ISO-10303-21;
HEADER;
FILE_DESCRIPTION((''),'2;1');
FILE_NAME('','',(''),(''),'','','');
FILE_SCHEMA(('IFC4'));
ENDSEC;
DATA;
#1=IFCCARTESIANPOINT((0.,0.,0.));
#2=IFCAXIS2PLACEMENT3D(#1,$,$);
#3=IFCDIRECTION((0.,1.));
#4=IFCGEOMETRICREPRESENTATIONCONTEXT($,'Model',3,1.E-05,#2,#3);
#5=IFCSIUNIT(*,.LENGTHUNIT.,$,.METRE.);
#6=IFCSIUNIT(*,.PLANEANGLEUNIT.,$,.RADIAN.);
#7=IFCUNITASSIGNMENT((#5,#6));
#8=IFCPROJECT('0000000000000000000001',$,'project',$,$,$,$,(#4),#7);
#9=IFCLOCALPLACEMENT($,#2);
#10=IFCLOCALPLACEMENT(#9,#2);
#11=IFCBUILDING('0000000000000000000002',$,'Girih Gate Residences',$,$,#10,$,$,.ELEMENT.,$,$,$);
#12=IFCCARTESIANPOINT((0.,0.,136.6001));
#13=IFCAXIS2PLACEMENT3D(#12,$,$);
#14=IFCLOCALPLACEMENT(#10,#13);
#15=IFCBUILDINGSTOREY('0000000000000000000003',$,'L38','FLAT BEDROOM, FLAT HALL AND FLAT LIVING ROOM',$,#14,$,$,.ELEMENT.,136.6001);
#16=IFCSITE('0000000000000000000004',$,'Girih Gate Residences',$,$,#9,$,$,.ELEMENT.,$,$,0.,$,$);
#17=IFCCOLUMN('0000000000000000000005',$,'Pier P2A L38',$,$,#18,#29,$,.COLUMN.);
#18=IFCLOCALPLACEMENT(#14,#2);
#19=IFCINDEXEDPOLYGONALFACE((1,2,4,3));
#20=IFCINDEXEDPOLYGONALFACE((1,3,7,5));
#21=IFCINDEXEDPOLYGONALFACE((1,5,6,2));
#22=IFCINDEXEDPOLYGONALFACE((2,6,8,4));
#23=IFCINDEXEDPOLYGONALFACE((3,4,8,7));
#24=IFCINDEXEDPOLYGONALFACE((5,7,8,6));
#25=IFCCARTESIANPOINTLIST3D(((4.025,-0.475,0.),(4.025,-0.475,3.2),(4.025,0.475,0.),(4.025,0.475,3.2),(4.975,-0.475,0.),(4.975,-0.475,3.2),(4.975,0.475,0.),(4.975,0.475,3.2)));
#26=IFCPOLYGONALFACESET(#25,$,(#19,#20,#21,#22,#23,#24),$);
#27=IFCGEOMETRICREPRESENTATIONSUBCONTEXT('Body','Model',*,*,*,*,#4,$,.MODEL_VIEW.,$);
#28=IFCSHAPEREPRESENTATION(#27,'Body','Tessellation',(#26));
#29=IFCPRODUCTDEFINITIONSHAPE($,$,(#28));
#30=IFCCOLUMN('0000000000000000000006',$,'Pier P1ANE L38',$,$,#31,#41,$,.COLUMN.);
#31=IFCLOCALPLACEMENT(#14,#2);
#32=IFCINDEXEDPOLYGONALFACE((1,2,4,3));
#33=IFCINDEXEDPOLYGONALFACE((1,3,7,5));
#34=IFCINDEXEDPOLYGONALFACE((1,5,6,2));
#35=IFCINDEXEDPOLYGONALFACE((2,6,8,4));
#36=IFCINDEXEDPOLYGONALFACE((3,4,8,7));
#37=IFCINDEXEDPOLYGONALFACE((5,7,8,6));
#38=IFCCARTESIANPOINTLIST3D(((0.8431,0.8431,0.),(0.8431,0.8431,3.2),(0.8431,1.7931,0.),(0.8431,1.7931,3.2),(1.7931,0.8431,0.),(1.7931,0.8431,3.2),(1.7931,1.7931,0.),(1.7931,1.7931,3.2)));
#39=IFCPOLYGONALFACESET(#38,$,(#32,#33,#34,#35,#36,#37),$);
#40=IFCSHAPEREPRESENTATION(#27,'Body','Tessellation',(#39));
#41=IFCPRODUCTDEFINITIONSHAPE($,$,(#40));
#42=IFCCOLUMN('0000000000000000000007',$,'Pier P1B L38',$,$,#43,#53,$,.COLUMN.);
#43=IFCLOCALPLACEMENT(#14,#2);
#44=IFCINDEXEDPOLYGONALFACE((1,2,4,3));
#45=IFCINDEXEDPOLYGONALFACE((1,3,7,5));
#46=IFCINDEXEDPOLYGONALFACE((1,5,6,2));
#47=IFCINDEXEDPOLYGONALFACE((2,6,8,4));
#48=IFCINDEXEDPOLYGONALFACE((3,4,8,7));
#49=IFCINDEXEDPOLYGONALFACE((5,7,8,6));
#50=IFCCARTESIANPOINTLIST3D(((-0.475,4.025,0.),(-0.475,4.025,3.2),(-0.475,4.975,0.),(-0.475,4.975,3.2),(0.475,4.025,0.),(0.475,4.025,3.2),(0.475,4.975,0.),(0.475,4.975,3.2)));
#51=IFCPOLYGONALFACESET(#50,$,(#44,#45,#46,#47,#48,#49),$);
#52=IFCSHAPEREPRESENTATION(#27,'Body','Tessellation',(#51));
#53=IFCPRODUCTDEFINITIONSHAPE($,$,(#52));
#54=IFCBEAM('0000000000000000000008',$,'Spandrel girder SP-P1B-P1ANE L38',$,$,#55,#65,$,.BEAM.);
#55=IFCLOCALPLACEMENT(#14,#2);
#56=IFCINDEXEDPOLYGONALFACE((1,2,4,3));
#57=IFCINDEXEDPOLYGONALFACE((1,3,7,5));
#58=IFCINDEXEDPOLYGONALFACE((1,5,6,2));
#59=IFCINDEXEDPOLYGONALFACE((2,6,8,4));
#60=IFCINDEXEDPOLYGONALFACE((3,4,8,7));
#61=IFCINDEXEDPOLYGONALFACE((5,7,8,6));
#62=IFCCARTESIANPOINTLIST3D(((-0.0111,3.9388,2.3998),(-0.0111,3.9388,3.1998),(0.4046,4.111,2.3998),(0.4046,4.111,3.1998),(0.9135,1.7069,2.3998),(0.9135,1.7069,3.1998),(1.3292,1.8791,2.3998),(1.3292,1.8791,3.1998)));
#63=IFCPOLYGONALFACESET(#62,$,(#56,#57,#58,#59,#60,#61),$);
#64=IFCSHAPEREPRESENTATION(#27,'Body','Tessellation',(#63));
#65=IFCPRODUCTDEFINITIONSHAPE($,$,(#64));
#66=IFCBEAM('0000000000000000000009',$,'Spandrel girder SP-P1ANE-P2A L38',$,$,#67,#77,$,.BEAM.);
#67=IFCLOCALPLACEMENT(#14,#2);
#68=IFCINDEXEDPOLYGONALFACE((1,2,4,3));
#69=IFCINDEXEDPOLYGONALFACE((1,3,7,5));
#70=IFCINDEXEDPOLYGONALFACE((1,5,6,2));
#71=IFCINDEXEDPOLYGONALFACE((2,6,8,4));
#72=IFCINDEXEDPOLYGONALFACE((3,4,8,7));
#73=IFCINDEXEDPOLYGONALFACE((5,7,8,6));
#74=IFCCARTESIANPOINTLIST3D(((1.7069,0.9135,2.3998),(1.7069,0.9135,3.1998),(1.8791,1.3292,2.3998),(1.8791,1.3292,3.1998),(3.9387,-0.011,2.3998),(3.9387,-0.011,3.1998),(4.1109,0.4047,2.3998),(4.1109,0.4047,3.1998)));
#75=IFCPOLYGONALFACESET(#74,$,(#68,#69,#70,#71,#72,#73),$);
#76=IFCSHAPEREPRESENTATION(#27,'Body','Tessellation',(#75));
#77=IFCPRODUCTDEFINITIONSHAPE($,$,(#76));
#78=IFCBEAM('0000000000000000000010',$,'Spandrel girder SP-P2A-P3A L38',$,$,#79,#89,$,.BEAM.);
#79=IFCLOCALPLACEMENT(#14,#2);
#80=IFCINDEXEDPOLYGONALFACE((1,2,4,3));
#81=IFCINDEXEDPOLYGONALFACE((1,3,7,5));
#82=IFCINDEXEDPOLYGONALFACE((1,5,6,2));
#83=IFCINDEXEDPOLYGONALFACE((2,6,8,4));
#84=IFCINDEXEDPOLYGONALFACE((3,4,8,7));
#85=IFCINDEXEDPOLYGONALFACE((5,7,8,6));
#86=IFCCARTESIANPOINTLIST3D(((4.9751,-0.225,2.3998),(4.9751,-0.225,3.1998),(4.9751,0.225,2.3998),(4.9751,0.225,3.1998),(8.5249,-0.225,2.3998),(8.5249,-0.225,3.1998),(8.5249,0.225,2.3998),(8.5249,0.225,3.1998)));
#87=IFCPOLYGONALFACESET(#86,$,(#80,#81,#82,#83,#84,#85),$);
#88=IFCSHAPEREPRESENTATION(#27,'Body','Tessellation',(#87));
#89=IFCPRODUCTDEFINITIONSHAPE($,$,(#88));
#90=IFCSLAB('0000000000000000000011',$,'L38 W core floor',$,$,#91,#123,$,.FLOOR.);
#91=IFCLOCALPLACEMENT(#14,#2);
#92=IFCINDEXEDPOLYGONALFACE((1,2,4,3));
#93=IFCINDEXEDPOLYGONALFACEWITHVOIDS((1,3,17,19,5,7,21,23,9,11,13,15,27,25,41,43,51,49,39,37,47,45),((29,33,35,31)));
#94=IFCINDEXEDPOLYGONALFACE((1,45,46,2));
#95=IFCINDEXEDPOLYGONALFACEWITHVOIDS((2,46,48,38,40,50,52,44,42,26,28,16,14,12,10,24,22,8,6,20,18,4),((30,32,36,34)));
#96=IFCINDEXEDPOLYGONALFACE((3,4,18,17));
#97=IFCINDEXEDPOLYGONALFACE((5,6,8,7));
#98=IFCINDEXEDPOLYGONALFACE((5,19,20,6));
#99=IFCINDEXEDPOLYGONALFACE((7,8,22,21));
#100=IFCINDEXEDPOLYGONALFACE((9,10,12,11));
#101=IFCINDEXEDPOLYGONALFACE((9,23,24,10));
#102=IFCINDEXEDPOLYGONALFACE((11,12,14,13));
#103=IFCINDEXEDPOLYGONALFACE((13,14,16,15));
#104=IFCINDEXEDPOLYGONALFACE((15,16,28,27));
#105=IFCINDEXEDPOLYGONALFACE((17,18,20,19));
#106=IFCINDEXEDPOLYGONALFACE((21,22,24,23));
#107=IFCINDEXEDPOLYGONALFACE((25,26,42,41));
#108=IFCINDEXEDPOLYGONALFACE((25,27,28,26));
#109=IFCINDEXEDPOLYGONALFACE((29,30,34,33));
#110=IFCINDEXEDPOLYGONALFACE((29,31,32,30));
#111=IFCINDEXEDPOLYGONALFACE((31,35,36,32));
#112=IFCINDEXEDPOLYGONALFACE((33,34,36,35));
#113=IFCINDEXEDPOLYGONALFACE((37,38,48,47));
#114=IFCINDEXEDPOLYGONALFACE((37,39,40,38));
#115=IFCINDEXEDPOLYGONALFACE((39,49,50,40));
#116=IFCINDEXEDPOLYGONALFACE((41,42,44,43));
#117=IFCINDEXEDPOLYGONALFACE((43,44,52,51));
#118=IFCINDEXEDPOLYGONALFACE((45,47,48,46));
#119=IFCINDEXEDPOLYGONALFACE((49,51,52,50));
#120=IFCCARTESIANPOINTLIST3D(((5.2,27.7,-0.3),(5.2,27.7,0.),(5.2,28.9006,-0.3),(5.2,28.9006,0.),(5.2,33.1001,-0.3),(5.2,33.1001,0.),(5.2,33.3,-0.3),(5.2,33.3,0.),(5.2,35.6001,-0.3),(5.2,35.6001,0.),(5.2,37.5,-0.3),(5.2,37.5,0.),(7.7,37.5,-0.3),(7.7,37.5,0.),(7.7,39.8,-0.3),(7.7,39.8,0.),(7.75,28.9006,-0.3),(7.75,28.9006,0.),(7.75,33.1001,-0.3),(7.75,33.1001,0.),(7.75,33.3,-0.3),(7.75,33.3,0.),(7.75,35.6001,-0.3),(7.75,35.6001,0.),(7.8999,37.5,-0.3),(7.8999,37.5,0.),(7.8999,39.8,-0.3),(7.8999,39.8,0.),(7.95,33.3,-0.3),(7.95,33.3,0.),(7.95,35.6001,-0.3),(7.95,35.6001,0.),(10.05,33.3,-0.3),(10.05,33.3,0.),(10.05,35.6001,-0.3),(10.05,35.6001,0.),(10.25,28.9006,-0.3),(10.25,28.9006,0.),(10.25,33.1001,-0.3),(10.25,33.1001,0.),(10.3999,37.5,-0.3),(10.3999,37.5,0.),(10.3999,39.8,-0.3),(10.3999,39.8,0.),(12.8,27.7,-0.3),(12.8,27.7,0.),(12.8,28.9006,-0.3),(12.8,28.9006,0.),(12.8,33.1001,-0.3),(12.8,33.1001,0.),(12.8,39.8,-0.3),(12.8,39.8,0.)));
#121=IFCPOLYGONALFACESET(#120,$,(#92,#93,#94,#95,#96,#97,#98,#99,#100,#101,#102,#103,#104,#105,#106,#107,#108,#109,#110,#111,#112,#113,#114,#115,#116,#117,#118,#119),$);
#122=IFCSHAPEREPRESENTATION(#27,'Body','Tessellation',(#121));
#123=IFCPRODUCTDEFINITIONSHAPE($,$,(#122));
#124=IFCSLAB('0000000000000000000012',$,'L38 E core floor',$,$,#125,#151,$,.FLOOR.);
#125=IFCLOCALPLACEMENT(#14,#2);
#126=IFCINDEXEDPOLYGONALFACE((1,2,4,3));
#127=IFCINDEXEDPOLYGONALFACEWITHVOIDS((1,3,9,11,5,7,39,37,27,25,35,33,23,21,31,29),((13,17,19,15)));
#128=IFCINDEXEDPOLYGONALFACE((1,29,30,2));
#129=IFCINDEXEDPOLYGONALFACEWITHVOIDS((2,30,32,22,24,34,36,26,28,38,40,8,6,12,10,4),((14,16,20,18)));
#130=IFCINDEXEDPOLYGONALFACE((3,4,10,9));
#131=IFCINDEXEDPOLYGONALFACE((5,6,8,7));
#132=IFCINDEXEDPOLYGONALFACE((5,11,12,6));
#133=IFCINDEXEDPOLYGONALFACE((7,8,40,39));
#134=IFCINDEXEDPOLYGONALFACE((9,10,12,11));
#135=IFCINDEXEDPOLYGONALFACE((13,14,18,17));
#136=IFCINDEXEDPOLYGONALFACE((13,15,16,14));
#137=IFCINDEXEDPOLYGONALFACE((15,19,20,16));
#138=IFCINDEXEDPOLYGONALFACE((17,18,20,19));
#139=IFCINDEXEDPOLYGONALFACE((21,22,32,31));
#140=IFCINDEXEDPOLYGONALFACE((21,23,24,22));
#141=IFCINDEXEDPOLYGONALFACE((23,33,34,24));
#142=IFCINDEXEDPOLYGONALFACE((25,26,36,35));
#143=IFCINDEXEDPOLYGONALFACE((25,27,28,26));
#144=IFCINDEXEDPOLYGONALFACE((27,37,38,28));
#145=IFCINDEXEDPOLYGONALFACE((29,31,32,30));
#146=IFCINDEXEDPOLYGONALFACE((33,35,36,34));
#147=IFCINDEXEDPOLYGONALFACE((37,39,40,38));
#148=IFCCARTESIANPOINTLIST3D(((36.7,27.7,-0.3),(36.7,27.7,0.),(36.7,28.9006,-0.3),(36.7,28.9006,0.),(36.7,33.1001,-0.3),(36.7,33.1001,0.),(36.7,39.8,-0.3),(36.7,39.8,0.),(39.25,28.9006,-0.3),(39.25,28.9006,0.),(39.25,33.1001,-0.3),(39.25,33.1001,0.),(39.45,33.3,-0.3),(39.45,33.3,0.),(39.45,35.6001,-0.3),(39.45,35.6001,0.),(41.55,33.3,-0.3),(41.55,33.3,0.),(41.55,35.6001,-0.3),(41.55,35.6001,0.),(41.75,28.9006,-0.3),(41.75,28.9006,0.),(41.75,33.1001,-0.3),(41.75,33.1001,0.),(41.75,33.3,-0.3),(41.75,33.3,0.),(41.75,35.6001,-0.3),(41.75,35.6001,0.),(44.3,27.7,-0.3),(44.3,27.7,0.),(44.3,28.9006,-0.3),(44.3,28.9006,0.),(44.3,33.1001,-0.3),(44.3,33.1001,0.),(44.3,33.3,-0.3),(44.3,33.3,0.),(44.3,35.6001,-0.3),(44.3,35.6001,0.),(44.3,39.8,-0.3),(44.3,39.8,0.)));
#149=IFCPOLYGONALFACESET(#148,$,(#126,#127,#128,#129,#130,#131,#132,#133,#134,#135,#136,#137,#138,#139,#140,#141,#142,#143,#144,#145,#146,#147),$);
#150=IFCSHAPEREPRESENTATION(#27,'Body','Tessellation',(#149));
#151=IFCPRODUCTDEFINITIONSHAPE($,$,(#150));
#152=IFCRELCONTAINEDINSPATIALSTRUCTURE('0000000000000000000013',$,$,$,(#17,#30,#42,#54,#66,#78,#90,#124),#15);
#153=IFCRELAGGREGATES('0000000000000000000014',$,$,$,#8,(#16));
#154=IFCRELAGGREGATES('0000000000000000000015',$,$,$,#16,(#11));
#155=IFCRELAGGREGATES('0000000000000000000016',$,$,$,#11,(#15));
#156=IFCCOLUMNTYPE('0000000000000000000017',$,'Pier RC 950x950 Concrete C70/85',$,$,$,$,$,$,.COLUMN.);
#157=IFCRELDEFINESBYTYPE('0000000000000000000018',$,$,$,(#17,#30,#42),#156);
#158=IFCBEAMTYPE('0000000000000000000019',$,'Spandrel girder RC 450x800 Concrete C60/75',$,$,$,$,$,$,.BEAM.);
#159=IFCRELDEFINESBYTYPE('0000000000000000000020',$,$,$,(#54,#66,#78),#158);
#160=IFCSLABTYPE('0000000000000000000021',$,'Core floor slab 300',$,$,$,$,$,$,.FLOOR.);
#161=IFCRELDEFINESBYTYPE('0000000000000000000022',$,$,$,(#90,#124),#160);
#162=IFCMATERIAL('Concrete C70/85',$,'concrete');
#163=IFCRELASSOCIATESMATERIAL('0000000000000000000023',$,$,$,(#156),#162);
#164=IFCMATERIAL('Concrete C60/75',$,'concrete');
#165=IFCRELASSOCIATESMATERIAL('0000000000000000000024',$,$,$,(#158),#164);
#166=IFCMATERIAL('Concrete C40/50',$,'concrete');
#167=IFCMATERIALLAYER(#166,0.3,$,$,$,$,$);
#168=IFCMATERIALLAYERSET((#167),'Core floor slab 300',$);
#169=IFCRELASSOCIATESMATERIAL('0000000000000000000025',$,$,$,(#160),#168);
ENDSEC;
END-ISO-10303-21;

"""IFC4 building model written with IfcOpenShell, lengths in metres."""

from ifc_helpers import new_model, si_unit, direction, frame, origin, origin_2d, place, context, subcontext, project, spatial, polyline, rectangle, outline, extrude, material, layer, layer_set, material_profile, profile_set, type_object, element, save


model = new_model("IFC4")

# Units and contexts
model_context = context("Model", 3, precision=1e-05, world=origin(), true_north=direction((0.0, 1.0)))
body_context = subcontext(model_context, "Body", "Model", "MODEL_VIEW")
ifc_project = project(units=[si_unit("LENGTHUNIT", "METRE"), si_unit("PLANEANGLEUNIT", "RADIAN")], contexts=[model_context])

# Site, building, storey
site_placement = place(None, origin())
site = spatial("IfcSite", under=ifc_project, at=site_placement, Name="Girih Gate Residences", CompositionType="ELEMENT", RefElevation=0.0)
building_placement = place(site_placement, origin())
building = spatial("IfcBuilding", under=site, at=building_placement, Name="Girih Gate Residences", CompositionType="ELEMENT")
storey_placement = place(building_placement, frame((0.0, 0.0, 136.6001)))
storey = spatial("IfcBuildingStorey", under=building, at=storey_placement, Name="L38", Description="FLAT BEDROOM, FLAT HALL AND FLAT LIVING ROOM", CompositionType="ELEMENT", Elevation=136.6001)

# Columns
ifc_material_1 = material(Name="Concrete C70/85", Category="concrete")
ifc_material_profile_1 = material_profile(ifc_material_1, rectangle(XDim=0.95, YDim=0.95, at=origin_2d()))
ifc_profile_set_1 = profile_set([ifc_material_profile_1], Name="Concrete C70/85")
column_type = type_object("IfcColumnType", Name="Pier RC 950x950 Concrete C70/85", PredefinedType="COLUMN", material=ifc_profile_set_1)
for number, where, z_axis, x_axis, name in (
    (1, (4.5, 0.0, 0.0), (0.0, 0.0, 1.0), (1.0, 0.0, 0.0), "Pier P2A L38"),
    (2, (1.3181, 1.3181, 0.0), (0.0, 0.0, 1.0), (1.0, 0.0, 0.0), "Pier P1ANE L38"),
    (3, (0.0, 4.5, 0.0), (0.0, 0.0, 1.0), (1.0, 0.0, 0.0), "Pier P1B L38"),
):
    element("IfcColumn", number, at=place(storey_placement, frame(where, z_axis=z_axis, x_axis=x_axis)), inside=storey, type_object=column_type, Name=name, PredefinedType="COLUMN", context=body_context, shape_type="SweptSolid", body=[
        extrude(rectangle(XDim=0.95, YDim=0.95, at=origin_2d()), origin(), (0.0, 0.0, 1.0), 3.2),
    ])

# Beams
ifc_material_2 = material(Name="Concrete C60/75", Category="concrete")
ifc_material_profile_2 = material_profile(ifc_material_2, rectangle(XDim=0.45, YDim=0.8, at=origin_2d()))
ifc_profile_set_2 = profile_set([ifc_material_profile_2], Name="Concrete C60/75")
beam_type = type_object("IfcBeamType", Name="Spandrel girder RC 450x800 Concrete C60/75", PredefinedType="BEAM", material=ifc_profile_set_2)
for number, where, z_axis, x_axis, name in (
    (4, (0.1968, 4.0249, 2.7998), (0.382706, -0.92387, 0.0), (0.92387, 0.382706, 0.0), "Spandrel girder SP-P1B-P1ANE L38"),
    (5, (1.793, 1.1213, 2.7998), (0.92387, -0.382706, 0.0), (0.382706, 0.92387, 0.0), "Spandrel girder SP-P1ANE-P2A L38"),
):
    element("IfcBeam", number, at=place(storey_placement, frame(where, z_axis=z_axis, x_axis=x_axis)), inside=storey, type_object=beam_type, Name=name, PredefinedType="BEAM", context=body_context, shape_type="SweptSolid", body=[
        extrude(rectangle(XDim=0.45, YDim=0.8, at=origin_2d()), origin(), (0.0, 0.0, 1.0), 2.4158),
    ])
beam_placement = place(storey_placement, frame((4.9751, 0.0, 2.7998), z_axis=(1.0, 0.0, 0.0), x_axis=(0.0, 1.0, 0.0)))
element("IfcBeam", 6, at=beam_placement, inside=storey, type_object=beam_type, Name="Spandrel girder SP-P2A-P3A L38", PredefinedType="BEAM", context=body_context, shape_type="SweptSolid", body=[
    extrude(rectangle(XDim=0.45, YDim=0.8, at=origin_2d()), origin(), (0.0, 0.0, 1.0), 3.5498),
])

# Slabs
ifc_material_3 = material(Name="Concrete C40/50", Category="concrete")
ifc_layer_1 = layer(ifc_material_3, 0.3)
ifc_layer_set_1 = layer_set([ifc_layer_1], Name="Core floor slab 300")
slab_type_1 = type_object("IfcSlabType", Name="Core floor slab 300", PredefinedType="FLOOR", material=ifc_layer_set_1)
slab_1_placement = place(storey_placement, frame((0.0, 0.0, -0.3)))
element("IfcSlab", 7, at=slab_1_placement, inside=storey, type_object=slab_type_1, Name="L38 W core floor", PredefinedType="FLOOR", context=body_context, shape_type="SweptSolid", body=[
    extrude(outline(polyline([(12.8, 27.7), (5.2, 27.7), (5.2, 28.9006), (7.75, 28.9006), (7.75, 33.1001), (5.2, 33.1001), (5.2, 33.3), (7.75, 33.3), (7.75, 35.6001), (5.2, 35.6001), (5.2, 37.5), (7.7, 37.5), (7.7, 39.8), (7.8999, 39.8), (7.8999, 37.5), (10.3999, 37.5), (10.3999, 39.8), (12.8, 39.8), (12.8, 33.1001), (10.25, 33.1001), (10.25, 28.9006), (12.8, 28.9006), (12.8, 27.7)]), holes=[polyline([(7.95, 33.3), (10.05, 33.3), (10.05, 35.6001), (7.95, 35.6001), (7.95, 33.3)])]), origin(), (0.0, 0.0, 1.0), 0.3),
])
slab_2_placement = place(storey_placement, frame((0.0, 0.0, -0.3)))
element("IfcSlab", 8, at=slab_2_placement, inside=storey, type_object=slab_type_1, Name="L38 E core floor", PredefinedType="FLOOR", context=body_context, shape_type="SweptSolid", body=[
    extrude(outline(polyline([(44.3, 27.7), (36.7, 27.7), (36.7, 28.9006), (39.25, 28.9006), (39.25, 33.1001), (36.7, 33.1001), (36.7, 39.8), (44.3, 39.8), (44.3, 35.6001), (41.75, 35.6001), (41.75, 33.3), (44.3, 33.3), (44.3, 33.1001), (41.75, 33.1001), (41.75, 28.9006), (44.3, 28.9006), (44.3, 27.7)]), holes=[polyline([(39.45, 33.3), (41.55, 33.3), (41.55, 35.6001), (39.45, 35.6001), (39.45, 33.3)])]), origin(), (0.0, 0.0, 1.0), 0.3),
])

save(model, "model.ifc")
